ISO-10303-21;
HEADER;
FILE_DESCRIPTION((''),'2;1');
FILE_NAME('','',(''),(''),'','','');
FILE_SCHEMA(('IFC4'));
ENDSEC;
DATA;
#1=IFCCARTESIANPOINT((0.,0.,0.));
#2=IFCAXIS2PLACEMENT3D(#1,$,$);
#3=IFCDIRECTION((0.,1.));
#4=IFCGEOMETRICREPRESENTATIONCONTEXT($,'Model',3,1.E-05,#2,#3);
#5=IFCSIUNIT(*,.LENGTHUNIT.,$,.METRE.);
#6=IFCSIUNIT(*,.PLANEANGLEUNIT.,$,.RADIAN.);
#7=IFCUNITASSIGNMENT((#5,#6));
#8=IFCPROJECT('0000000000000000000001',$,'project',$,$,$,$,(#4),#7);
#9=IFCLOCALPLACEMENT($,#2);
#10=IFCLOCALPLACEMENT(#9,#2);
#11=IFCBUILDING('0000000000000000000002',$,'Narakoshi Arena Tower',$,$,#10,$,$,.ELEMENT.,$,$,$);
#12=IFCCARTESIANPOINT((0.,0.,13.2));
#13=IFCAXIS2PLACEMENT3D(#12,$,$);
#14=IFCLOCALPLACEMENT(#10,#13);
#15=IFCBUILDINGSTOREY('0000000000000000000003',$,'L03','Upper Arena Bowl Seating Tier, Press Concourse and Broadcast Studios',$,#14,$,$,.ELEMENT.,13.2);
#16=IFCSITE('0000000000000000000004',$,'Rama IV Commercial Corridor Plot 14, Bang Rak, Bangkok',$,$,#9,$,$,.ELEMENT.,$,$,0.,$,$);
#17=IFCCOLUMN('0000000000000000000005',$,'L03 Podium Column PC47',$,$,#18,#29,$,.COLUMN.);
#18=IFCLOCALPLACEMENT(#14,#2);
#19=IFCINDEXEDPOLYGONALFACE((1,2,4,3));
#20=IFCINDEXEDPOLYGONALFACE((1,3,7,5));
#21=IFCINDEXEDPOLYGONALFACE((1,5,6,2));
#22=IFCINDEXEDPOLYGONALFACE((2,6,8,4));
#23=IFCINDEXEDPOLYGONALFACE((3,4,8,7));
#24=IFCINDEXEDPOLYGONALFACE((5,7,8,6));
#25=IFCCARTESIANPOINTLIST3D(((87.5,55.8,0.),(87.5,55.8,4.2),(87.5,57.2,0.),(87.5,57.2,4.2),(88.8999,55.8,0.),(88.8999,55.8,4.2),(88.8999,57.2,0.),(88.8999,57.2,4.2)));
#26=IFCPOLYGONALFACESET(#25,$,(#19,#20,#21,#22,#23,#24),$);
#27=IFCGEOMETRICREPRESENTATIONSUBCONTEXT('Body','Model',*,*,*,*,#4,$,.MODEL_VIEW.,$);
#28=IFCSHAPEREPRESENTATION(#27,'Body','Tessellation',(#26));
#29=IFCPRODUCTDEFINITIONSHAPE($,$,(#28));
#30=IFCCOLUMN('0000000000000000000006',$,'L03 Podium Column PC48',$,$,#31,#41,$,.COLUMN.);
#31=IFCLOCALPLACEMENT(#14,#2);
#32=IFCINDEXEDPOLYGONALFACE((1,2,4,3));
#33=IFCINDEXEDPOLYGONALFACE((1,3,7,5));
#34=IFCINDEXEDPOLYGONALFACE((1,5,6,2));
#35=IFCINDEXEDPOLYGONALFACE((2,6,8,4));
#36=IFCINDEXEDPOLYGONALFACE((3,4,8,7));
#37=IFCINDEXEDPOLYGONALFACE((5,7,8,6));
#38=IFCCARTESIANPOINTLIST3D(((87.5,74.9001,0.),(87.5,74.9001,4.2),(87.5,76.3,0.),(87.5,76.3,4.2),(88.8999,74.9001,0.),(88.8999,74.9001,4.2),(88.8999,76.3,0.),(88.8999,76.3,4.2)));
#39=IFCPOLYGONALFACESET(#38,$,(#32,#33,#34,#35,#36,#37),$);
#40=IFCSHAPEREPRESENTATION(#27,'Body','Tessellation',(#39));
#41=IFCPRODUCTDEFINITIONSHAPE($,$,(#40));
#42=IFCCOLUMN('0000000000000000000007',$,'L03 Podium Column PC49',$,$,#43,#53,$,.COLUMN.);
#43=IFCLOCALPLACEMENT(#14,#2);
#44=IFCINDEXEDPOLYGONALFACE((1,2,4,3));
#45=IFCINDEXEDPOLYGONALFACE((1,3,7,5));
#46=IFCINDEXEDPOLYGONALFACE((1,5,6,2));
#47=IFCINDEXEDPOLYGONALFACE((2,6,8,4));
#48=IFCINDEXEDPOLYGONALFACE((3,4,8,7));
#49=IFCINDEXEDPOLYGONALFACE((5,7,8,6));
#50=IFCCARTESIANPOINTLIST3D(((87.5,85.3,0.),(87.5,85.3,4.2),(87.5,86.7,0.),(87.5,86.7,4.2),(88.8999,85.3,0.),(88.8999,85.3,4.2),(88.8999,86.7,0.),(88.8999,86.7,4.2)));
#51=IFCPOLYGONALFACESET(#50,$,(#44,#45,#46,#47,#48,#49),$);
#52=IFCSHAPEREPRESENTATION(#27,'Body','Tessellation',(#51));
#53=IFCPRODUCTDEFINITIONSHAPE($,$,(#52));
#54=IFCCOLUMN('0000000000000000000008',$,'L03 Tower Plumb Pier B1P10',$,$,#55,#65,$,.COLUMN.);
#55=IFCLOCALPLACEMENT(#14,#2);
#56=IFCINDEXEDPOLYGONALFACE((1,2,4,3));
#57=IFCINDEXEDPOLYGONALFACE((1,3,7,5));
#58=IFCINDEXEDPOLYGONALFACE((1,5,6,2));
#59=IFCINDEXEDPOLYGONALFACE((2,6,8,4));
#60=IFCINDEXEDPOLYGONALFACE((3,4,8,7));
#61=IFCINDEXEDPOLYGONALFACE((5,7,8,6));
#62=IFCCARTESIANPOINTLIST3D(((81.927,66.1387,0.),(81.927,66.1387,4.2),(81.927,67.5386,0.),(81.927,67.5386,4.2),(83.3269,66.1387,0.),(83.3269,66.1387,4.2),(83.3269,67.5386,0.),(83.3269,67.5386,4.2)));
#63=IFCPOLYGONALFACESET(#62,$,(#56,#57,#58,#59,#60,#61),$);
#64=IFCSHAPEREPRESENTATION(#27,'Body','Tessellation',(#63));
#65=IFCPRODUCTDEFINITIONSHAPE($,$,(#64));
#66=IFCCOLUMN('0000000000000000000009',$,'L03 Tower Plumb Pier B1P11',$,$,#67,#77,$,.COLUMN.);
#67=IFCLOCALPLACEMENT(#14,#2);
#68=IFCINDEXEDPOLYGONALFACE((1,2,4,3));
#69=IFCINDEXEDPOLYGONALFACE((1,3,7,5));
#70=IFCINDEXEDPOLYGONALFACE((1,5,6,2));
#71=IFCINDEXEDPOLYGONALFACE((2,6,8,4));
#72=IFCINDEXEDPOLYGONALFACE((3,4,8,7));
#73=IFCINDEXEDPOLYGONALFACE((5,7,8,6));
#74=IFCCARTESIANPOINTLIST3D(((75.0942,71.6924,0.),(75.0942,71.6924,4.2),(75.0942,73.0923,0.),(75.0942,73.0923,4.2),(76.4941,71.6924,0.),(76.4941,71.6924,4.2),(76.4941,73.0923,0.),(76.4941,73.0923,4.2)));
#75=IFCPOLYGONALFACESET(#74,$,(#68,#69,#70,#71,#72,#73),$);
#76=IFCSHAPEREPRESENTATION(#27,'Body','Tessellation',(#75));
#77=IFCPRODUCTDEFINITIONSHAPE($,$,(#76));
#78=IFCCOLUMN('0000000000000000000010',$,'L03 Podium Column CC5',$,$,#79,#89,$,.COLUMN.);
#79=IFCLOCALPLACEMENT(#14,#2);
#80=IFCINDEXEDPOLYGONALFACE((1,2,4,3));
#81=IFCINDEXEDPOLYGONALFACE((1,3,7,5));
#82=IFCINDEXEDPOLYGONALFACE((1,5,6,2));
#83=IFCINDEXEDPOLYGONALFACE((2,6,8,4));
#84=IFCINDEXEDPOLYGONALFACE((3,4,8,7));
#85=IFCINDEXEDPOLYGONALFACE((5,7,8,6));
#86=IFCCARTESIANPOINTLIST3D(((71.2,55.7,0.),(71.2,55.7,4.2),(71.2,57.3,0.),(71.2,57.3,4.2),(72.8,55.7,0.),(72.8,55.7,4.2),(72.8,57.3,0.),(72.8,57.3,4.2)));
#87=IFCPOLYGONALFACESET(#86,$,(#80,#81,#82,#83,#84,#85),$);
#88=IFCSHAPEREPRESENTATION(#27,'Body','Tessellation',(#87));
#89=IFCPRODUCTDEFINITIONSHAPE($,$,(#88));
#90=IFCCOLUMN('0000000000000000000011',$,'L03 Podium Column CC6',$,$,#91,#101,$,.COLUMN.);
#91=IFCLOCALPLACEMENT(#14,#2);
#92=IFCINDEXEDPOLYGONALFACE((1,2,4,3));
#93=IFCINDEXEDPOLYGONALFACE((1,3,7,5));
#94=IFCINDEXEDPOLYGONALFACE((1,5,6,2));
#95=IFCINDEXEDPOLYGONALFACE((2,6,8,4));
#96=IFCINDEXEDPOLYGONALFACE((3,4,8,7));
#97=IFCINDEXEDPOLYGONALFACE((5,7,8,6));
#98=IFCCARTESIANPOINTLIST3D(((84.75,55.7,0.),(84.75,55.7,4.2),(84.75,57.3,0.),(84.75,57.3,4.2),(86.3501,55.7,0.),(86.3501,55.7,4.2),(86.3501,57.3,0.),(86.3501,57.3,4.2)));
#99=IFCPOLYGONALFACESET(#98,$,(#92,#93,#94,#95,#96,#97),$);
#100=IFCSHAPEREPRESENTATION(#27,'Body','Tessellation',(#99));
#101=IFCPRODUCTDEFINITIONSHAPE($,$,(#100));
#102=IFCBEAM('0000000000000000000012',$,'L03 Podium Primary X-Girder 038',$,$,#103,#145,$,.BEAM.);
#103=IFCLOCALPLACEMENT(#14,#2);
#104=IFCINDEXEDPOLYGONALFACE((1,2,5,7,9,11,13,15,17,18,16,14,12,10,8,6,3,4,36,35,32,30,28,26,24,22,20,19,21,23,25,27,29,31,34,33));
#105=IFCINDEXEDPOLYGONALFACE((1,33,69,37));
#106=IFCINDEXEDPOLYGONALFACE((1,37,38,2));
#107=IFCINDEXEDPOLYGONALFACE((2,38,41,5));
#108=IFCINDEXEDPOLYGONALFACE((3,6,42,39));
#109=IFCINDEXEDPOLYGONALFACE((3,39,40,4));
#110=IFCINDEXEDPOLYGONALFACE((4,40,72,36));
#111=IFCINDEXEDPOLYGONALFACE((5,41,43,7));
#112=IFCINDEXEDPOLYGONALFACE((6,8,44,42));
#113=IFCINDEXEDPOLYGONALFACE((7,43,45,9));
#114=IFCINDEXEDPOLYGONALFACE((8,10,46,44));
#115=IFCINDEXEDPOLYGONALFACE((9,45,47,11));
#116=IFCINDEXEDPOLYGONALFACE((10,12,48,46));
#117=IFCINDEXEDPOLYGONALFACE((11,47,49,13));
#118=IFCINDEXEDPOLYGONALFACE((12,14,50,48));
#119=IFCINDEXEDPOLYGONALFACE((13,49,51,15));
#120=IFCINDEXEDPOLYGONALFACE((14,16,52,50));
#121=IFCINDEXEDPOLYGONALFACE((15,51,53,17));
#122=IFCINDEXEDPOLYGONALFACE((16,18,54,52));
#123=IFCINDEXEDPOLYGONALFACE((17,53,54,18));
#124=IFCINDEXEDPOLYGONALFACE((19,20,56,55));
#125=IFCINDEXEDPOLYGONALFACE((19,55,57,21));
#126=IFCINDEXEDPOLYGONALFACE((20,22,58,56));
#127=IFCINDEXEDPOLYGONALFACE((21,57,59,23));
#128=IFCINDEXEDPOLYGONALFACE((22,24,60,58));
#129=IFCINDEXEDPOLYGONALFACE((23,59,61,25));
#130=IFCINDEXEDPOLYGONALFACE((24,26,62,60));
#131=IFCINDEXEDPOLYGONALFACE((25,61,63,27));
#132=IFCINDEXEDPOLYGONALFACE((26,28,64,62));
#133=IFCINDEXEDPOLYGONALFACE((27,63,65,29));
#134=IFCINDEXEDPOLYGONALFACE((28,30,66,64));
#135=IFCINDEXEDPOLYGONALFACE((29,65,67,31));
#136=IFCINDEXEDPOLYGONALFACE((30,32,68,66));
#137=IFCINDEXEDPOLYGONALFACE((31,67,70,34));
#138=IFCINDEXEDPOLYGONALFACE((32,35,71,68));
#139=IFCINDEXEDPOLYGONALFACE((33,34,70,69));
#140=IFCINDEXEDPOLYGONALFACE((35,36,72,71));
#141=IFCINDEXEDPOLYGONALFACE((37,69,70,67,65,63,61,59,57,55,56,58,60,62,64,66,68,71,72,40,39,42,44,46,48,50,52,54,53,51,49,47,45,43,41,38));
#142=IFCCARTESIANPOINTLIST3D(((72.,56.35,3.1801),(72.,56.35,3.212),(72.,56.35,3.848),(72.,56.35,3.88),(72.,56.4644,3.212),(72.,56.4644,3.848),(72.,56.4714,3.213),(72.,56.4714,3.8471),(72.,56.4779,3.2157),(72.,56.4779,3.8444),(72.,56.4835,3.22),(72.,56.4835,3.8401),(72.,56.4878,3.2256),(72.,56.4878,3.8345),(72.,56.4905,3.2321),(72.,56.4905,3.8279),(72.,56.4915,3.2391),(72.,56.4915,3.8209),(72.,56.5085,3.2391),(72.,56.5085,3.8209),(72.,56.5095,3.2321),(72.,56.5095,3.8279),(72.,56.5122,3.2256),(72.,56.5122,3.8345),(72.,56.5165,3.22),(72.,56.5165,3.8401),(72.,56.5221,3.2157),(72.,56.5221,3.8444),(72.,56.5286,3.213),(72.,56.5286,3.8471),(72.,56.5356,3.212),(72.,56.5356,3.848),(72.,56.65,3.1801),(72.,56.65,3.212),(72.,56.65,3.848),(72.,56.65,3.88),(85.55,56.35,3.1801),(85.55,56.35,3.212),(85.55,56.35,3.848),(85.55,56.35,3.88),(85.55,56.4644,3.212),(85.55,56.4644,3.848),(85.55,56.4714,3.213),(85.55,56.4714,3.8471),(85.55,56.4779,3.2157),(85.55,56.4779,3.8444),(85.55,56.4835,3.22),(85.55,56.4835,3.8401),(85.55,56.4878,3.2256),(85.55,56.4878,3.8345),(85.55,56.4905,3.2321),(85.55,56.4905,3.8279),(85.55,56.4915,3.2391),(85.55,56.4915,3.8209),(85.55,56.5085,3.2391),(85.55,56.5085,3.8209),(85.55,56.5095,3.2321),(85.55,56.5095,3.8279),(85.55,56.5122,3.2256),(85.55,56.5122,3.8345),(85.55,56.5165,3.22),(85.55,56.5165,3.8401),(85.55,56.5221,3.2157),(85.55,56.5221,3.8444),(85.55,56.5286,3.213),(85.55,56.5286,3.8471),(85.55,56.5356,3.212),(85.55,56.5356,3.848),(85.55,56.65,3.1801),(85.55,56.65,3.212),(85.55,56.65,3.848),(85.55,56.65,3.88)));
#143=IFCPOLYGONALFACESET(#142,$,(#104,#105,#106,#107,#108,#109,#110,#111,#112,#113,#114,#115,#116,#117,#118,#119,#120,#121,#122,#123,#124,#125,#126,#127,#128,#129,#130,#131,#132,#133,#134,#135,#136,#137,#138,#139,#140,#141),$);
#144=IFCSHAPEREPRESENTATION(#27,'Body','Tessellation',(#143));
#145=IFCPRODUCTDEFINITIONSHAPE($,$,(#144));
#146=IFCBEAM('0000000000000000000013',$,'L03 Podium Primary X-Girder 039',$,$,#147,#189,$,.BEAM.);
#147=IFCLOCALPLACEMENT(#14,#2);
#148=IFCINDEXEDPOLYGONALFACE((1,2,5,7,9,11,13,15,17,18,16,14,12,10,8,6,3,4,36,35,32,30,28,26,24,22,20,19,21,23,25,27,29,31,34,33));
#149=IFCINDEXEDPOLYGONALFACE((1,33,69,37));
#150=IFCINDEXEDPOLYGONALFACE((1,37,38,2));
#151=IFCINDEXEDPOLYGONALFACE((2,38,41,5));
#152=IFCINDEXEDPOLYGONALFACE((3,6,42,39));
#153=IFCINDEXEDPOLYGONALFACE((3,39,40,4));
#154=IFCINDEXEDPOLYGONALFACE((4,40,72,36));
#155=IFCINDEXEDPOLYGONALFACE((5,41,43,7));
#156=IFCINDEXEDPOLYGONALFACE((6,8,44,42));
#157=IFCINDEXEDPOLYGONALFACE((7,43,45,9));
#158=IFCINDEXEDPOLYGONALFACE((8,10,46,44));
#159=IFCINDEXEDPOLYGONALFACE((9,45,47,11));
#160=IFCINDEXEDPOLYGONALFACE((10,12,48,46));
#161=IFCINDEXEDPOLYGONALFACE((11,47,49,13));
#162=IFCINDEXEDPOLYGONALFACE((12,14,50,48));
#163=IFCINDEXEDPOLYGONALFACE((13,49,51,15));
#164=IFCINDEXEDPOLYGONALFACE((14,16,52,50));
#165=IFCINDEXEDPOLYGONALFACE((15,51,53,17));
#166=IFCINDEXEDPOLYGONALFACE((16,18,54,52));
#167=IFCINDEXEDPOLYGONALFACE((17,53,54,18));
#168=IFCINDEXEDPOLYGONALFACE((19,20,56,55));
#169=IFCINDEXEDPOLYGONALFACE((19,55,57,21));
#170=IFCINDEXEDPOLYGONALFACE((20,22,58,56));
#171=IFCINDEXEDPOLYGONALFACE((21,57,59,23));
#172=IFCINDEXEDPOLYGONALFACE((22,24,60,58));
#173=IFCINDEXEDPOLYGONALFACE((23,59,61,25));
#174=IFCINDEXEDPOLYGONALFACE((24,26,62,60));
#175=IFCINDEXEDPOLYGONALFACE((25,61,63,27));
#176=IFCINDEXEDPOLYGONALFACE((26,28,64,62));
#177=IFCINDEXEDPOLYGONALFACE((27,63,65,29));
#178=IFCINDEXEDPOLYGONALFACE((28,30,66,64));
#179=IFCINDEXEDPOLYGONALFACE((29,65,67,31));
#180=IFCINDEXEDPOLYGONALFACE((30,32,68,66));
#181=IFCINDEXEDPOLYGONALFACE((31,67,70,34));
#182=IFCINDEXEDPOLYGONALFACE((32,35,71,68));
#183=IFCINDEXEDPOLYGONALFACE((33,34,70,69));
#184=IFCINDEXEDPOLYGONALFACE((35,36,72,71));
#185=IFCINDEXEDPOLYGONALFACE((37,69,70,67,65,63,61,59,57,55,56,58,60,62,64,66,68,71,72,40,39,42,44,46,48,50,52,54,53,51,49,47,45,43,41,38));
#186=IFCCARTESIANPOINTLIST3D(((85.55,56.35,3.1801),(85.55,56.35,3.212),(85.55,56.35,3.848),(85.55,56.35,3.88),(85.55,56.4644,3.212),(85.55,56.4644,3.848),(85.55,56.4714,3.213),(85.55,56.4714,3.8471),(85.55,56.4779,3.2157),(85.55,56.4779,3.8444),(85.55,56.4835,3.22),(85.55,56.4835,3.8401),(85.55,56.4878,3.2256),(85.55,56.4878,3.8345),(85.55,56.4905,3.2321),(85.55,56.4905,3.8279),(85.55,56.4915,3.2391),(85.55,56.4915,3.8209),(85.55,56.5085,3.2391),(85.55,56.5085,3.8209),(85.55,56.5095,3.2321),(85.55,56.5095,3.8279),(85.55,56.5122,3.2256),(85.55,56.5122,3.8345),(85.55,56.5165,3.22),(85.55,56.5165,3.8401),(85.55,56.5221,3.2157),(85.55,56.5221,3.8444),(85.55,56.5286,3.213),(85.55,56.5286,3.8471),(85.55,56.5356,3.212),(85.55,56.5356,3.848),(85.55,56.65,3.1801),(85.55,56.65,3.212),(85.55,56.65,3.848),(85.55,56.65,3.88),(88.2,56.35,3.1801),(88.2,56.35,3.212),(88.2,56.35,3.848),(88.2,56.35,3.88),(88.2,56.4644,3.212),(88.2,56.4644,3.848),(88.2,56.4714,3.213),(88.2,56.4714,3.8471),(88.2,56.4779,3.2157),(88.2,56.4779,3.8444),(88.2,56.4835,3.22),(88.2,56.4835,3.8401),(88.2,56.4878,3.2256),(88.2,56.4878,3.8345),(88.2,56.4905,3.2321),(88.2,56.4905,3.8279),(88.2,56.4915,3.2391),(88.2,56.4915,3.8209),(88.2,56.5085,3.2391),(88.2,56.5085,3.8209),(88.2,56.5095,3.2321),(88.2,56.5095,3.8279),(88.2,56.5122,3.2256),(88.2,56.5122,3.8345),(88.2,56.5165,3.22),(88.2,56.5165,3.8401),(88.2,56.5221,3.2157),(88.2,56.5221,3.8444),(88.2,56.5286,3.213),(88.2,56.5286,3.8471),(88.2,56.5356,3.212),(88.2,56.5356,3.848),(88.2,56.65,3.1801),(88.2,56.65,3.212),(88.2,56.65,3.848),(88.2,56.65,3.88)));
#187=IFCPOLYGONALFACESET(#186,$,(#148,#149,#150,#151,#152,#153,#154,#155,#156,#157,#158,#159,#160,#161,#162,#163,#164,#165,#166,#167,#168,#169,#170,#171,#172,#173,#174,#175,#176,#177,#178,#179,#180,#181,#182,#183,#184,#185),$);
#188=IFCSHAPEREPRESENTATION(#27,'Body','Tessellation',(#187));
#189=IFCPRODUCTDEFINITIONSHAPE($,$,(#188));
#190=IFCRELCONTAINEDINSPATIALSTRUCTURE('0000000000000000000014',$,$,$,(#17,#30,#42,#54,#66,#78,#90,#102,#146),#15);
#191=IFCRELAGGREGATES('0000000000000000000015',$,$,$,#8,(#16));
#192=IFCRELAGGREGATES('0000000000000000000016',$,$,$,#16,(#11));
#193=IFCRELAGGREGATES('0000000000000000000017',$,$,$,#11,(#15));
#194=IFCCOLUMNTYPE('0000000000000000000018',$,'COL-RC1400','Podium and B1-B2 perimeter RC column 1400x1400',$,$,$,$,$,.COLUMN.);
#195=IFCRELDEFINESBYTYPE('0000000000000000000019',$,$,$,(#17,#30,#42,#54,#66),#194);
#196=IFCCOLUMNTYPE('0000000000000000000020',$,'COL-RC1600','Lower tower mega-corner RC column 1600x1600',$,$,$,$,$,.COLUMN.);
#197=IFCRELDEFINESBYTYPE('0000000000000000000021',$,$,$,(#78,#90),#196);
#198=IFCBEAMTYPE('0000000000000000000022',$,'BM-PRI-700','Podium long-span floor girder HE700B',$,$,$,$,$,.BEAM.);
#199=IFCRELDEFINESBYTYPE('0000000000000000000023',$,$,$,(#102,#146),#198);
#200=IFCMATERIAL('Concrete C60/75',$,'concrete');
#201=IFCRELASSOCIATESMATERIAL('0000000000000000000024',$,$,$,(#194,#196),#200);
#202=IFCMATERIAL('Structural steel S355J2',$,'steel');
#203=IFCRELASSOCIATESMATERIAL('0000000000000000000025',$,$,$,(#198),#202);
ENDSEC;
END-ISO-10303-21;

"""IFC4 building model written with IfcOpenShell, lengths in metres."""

from ifc_helpers import new_model, si_unit, direction, frame, origin, origin_2d, place, context, subcontext, project, spatial, rectangle, i_section, extrude, material, material_profile, profile_set, type_object, element, save


model = new_model("IFC4")

# Units and contexts
model_context = context("Model", 3, precision=1e-05, world=origin(), true_north=direction((0.0, 1.0)))
body_context = subcontext(model_context, "Body", "Model", "MODEL_VIEW")
ifc_project = project(units=[si_unit("LENGTHUNIT", "METRE"), si_unit("PLANEANGLEUNIT", "RADIAN")], contexts=[model_context])

# Site, building, storey
site_placement = place(None, origin())
site = spatial("IfcSite", under=ifc_project, at=site_placement, Name="Rama IV Commercial Corridor Plot 14, Bang Rak, Bangkok", CompositionType="ELEMENT", RefElevation=0.0)
building_placement = place(site_placement, origin())
building = spatial("IfcBuilding", under=site, at=building_placement, Name="Narakoshi Arena Tower", CompositionType="ELEMENT")
storey_placement = place(building_placement, frame((0.0, 0.0, 13.2)))
storey = spatial("IfcBuildingStorey", under=building, at=storey_placement, Name="L03", Description="Upper Arena Bowl Seating Tier, Press Concourse and Broadcast Studios", CompositionType="ELEMENT", Elevation=13.2)

# Columns
ifc_material_1 = material(Name="Concrete C60/75", Category="concrete")
ifc_material_profile_1 = material_profile(ifc_material_1, rectangle(XDim=1.3999, YDim=1.3999, at=origin_2d()), Name="RC1400x1400")
ifc_profile_set_1 = profile_set([ifc_material_profile_1], Name="Concrete C60/75")
column_type_1 = type_object("IfcColumnType", Name="COL-RC1400", Description="Podium and B1-B2 perimeter RC column 1400x1400", PredefinedType="COLUMN", material=ifc_profile_set_1)
for number, where, z_axis, x_axis, name in (
    (1, (88.2, 56.5, 0.0), (0.0, 0.0, 1.0), (1.0, 0.0, 0.0), "L03 Podium Column PC47"),
    (2, (88.2, 75.6001, 0.0), (0.0, 0.0, 1.0), (1.0, 0.0, 0.0), "L03 Podium Column PC48"),
    (3, (88.2, 86.0, 0.0), (0.0, 0.0, 1.0), (1.0, 0.0, 0.0), "L03 Podium Column PC49"),
    (4, (82.627, 66.8386, 0.0), (0.0, 0.0, 1.0), (1.0, 0.0, 0.0), "L03 Tower Plumb Pier B1P10"),
    (5, (75.7942, 72.3923, 0.0), (0.0, 0.0, 1.0), (1.0, 0.0, 0.0), "L03 Tower Plumb Pier B1P11"),
):
    element("IfcColumn", number, at=place(storey_placement, frame(where, z_axis=z_axis, x_axis=x_axis)), inside=storey, type_object=column_type_1, Name=name, PredefinedType="COLUMN", context=body_context, shape_type="SweptSolid", body=[
        extrude(rectangle(XDim=1.3999, YDim=1.3999, at=origin_2d()), origin(), (0.0, 0.0, 1.0), 4.2),
    ])
ifc_material_profile_2 = material_profile(ifc_material_1, rectangle(XDim=1.6001, YDim=1.6001, at=origin_2d()), Name="RC1600x1600")
ifc_profile_set_2 = profile_set([ifc_material_profile_2], Name="Concrete C60/75")
column_type_2 = type_object("IfcColumnType", Name="COL-RC1600", Description="Lower tower mega-corner RC column 1600x1600", PredefinedType="COLUMN", material=ifc_profile_set_2)
for number, where, z_axis, x_axis, name in (
    (6, (72.0, 56.5, 0.0), (0.0, 0.0, 1.0), (1.0, 0.0, 0.0), "L03 Podium Column CC5"),
    (7, (85.55, 56.5, 0.0), (0.0, 0.0, 1.0), (1.0, 0.0, 0.0), "L03 Podium Column CC6"),
):
    element("IfcColumn", number, at=place(storey_placement, frame(where, z_axis=z_axis, x_axis=x_axis)), inside=storey, type_object=column_type_2, Name=name, PredefinedType="COLUMN", context=body_context, shape_type="SweptSolid", body=[
        extrude(rectangle(XDim=1.6001, YDim=1.6001, at=origin_2d()), origin(), (0.0, 0.0, 1.0), 4.2),
    ])

# Beams
ifc_material_2 = material(Name="Structural steel S355J2", Category="steel")
ifc_material_profile_3 = material_profile(ifc_material_2, i_section(OverallWidth=0.3, OverallDepth=0.7, WebThickness=0.0171, FlangeThickness=0.032, FilletRadius=0.0271, at=origin_2d()), Name="HE700B")
ifc_profile_set_3 = profile_set([ifc_material_profile_3], Name="Structural steel S355J2")
beam_type_1 = type_object("IfcBeamType", Name="BM-PRI-700", Description="Podium long-span floor girder HE700B", PredefinedType="BEAM", material=ifc_profile_set_3)
beam_1_placement = place(storey_placement, frame((72.0, 56.5, 3.53), z_axis=(1.0, 0.0, 0.0), x_axis=(0.0, 1.0, 0.0)))
element("IfcBeam", 8, at=beam_1_placement, inside=storey, type_object=beam_type_1, Name="L03 Podium Primary X-Girder 038", PredefinedType="BEAM", context=body_context, shape_type="SweptSolid", body=[
    extrude(i_section(OverallWidth=0.3, OverallDepth=0.7, WebThickness=0.0171, FlangeThickness=0.032, FilletRadius=0.0271, at=origin_2d()), origin(), (0.0, 0.0, 1.0), 13.55),
])
beam_2_placement = place(storey_placement, frame((85.55, 56.5, 3.53), z_axis=(1.0, 0.0, 0.0), x_axis=(0.0, 1.0, 0.0)))
element("IfcBeam", 9, at=beam_2_placement, inside=storey, type_object=beam_type_1, Name="L03 Podium Primary X-Girder 039", PredefinedType="BEAM", context=body_context, shape_type="SweptSolid", body=[
    extrude(i_section(OverallWidth=0.3, OverallDepth=0.7, WebThickness=0.0171, FlangeThickness=0.032, FilletRadius=0.0271, at=origin_2d()), origin(), (0.0, 0.0, 1.0), 2.6499),
])

save(model, "model.ifc")
